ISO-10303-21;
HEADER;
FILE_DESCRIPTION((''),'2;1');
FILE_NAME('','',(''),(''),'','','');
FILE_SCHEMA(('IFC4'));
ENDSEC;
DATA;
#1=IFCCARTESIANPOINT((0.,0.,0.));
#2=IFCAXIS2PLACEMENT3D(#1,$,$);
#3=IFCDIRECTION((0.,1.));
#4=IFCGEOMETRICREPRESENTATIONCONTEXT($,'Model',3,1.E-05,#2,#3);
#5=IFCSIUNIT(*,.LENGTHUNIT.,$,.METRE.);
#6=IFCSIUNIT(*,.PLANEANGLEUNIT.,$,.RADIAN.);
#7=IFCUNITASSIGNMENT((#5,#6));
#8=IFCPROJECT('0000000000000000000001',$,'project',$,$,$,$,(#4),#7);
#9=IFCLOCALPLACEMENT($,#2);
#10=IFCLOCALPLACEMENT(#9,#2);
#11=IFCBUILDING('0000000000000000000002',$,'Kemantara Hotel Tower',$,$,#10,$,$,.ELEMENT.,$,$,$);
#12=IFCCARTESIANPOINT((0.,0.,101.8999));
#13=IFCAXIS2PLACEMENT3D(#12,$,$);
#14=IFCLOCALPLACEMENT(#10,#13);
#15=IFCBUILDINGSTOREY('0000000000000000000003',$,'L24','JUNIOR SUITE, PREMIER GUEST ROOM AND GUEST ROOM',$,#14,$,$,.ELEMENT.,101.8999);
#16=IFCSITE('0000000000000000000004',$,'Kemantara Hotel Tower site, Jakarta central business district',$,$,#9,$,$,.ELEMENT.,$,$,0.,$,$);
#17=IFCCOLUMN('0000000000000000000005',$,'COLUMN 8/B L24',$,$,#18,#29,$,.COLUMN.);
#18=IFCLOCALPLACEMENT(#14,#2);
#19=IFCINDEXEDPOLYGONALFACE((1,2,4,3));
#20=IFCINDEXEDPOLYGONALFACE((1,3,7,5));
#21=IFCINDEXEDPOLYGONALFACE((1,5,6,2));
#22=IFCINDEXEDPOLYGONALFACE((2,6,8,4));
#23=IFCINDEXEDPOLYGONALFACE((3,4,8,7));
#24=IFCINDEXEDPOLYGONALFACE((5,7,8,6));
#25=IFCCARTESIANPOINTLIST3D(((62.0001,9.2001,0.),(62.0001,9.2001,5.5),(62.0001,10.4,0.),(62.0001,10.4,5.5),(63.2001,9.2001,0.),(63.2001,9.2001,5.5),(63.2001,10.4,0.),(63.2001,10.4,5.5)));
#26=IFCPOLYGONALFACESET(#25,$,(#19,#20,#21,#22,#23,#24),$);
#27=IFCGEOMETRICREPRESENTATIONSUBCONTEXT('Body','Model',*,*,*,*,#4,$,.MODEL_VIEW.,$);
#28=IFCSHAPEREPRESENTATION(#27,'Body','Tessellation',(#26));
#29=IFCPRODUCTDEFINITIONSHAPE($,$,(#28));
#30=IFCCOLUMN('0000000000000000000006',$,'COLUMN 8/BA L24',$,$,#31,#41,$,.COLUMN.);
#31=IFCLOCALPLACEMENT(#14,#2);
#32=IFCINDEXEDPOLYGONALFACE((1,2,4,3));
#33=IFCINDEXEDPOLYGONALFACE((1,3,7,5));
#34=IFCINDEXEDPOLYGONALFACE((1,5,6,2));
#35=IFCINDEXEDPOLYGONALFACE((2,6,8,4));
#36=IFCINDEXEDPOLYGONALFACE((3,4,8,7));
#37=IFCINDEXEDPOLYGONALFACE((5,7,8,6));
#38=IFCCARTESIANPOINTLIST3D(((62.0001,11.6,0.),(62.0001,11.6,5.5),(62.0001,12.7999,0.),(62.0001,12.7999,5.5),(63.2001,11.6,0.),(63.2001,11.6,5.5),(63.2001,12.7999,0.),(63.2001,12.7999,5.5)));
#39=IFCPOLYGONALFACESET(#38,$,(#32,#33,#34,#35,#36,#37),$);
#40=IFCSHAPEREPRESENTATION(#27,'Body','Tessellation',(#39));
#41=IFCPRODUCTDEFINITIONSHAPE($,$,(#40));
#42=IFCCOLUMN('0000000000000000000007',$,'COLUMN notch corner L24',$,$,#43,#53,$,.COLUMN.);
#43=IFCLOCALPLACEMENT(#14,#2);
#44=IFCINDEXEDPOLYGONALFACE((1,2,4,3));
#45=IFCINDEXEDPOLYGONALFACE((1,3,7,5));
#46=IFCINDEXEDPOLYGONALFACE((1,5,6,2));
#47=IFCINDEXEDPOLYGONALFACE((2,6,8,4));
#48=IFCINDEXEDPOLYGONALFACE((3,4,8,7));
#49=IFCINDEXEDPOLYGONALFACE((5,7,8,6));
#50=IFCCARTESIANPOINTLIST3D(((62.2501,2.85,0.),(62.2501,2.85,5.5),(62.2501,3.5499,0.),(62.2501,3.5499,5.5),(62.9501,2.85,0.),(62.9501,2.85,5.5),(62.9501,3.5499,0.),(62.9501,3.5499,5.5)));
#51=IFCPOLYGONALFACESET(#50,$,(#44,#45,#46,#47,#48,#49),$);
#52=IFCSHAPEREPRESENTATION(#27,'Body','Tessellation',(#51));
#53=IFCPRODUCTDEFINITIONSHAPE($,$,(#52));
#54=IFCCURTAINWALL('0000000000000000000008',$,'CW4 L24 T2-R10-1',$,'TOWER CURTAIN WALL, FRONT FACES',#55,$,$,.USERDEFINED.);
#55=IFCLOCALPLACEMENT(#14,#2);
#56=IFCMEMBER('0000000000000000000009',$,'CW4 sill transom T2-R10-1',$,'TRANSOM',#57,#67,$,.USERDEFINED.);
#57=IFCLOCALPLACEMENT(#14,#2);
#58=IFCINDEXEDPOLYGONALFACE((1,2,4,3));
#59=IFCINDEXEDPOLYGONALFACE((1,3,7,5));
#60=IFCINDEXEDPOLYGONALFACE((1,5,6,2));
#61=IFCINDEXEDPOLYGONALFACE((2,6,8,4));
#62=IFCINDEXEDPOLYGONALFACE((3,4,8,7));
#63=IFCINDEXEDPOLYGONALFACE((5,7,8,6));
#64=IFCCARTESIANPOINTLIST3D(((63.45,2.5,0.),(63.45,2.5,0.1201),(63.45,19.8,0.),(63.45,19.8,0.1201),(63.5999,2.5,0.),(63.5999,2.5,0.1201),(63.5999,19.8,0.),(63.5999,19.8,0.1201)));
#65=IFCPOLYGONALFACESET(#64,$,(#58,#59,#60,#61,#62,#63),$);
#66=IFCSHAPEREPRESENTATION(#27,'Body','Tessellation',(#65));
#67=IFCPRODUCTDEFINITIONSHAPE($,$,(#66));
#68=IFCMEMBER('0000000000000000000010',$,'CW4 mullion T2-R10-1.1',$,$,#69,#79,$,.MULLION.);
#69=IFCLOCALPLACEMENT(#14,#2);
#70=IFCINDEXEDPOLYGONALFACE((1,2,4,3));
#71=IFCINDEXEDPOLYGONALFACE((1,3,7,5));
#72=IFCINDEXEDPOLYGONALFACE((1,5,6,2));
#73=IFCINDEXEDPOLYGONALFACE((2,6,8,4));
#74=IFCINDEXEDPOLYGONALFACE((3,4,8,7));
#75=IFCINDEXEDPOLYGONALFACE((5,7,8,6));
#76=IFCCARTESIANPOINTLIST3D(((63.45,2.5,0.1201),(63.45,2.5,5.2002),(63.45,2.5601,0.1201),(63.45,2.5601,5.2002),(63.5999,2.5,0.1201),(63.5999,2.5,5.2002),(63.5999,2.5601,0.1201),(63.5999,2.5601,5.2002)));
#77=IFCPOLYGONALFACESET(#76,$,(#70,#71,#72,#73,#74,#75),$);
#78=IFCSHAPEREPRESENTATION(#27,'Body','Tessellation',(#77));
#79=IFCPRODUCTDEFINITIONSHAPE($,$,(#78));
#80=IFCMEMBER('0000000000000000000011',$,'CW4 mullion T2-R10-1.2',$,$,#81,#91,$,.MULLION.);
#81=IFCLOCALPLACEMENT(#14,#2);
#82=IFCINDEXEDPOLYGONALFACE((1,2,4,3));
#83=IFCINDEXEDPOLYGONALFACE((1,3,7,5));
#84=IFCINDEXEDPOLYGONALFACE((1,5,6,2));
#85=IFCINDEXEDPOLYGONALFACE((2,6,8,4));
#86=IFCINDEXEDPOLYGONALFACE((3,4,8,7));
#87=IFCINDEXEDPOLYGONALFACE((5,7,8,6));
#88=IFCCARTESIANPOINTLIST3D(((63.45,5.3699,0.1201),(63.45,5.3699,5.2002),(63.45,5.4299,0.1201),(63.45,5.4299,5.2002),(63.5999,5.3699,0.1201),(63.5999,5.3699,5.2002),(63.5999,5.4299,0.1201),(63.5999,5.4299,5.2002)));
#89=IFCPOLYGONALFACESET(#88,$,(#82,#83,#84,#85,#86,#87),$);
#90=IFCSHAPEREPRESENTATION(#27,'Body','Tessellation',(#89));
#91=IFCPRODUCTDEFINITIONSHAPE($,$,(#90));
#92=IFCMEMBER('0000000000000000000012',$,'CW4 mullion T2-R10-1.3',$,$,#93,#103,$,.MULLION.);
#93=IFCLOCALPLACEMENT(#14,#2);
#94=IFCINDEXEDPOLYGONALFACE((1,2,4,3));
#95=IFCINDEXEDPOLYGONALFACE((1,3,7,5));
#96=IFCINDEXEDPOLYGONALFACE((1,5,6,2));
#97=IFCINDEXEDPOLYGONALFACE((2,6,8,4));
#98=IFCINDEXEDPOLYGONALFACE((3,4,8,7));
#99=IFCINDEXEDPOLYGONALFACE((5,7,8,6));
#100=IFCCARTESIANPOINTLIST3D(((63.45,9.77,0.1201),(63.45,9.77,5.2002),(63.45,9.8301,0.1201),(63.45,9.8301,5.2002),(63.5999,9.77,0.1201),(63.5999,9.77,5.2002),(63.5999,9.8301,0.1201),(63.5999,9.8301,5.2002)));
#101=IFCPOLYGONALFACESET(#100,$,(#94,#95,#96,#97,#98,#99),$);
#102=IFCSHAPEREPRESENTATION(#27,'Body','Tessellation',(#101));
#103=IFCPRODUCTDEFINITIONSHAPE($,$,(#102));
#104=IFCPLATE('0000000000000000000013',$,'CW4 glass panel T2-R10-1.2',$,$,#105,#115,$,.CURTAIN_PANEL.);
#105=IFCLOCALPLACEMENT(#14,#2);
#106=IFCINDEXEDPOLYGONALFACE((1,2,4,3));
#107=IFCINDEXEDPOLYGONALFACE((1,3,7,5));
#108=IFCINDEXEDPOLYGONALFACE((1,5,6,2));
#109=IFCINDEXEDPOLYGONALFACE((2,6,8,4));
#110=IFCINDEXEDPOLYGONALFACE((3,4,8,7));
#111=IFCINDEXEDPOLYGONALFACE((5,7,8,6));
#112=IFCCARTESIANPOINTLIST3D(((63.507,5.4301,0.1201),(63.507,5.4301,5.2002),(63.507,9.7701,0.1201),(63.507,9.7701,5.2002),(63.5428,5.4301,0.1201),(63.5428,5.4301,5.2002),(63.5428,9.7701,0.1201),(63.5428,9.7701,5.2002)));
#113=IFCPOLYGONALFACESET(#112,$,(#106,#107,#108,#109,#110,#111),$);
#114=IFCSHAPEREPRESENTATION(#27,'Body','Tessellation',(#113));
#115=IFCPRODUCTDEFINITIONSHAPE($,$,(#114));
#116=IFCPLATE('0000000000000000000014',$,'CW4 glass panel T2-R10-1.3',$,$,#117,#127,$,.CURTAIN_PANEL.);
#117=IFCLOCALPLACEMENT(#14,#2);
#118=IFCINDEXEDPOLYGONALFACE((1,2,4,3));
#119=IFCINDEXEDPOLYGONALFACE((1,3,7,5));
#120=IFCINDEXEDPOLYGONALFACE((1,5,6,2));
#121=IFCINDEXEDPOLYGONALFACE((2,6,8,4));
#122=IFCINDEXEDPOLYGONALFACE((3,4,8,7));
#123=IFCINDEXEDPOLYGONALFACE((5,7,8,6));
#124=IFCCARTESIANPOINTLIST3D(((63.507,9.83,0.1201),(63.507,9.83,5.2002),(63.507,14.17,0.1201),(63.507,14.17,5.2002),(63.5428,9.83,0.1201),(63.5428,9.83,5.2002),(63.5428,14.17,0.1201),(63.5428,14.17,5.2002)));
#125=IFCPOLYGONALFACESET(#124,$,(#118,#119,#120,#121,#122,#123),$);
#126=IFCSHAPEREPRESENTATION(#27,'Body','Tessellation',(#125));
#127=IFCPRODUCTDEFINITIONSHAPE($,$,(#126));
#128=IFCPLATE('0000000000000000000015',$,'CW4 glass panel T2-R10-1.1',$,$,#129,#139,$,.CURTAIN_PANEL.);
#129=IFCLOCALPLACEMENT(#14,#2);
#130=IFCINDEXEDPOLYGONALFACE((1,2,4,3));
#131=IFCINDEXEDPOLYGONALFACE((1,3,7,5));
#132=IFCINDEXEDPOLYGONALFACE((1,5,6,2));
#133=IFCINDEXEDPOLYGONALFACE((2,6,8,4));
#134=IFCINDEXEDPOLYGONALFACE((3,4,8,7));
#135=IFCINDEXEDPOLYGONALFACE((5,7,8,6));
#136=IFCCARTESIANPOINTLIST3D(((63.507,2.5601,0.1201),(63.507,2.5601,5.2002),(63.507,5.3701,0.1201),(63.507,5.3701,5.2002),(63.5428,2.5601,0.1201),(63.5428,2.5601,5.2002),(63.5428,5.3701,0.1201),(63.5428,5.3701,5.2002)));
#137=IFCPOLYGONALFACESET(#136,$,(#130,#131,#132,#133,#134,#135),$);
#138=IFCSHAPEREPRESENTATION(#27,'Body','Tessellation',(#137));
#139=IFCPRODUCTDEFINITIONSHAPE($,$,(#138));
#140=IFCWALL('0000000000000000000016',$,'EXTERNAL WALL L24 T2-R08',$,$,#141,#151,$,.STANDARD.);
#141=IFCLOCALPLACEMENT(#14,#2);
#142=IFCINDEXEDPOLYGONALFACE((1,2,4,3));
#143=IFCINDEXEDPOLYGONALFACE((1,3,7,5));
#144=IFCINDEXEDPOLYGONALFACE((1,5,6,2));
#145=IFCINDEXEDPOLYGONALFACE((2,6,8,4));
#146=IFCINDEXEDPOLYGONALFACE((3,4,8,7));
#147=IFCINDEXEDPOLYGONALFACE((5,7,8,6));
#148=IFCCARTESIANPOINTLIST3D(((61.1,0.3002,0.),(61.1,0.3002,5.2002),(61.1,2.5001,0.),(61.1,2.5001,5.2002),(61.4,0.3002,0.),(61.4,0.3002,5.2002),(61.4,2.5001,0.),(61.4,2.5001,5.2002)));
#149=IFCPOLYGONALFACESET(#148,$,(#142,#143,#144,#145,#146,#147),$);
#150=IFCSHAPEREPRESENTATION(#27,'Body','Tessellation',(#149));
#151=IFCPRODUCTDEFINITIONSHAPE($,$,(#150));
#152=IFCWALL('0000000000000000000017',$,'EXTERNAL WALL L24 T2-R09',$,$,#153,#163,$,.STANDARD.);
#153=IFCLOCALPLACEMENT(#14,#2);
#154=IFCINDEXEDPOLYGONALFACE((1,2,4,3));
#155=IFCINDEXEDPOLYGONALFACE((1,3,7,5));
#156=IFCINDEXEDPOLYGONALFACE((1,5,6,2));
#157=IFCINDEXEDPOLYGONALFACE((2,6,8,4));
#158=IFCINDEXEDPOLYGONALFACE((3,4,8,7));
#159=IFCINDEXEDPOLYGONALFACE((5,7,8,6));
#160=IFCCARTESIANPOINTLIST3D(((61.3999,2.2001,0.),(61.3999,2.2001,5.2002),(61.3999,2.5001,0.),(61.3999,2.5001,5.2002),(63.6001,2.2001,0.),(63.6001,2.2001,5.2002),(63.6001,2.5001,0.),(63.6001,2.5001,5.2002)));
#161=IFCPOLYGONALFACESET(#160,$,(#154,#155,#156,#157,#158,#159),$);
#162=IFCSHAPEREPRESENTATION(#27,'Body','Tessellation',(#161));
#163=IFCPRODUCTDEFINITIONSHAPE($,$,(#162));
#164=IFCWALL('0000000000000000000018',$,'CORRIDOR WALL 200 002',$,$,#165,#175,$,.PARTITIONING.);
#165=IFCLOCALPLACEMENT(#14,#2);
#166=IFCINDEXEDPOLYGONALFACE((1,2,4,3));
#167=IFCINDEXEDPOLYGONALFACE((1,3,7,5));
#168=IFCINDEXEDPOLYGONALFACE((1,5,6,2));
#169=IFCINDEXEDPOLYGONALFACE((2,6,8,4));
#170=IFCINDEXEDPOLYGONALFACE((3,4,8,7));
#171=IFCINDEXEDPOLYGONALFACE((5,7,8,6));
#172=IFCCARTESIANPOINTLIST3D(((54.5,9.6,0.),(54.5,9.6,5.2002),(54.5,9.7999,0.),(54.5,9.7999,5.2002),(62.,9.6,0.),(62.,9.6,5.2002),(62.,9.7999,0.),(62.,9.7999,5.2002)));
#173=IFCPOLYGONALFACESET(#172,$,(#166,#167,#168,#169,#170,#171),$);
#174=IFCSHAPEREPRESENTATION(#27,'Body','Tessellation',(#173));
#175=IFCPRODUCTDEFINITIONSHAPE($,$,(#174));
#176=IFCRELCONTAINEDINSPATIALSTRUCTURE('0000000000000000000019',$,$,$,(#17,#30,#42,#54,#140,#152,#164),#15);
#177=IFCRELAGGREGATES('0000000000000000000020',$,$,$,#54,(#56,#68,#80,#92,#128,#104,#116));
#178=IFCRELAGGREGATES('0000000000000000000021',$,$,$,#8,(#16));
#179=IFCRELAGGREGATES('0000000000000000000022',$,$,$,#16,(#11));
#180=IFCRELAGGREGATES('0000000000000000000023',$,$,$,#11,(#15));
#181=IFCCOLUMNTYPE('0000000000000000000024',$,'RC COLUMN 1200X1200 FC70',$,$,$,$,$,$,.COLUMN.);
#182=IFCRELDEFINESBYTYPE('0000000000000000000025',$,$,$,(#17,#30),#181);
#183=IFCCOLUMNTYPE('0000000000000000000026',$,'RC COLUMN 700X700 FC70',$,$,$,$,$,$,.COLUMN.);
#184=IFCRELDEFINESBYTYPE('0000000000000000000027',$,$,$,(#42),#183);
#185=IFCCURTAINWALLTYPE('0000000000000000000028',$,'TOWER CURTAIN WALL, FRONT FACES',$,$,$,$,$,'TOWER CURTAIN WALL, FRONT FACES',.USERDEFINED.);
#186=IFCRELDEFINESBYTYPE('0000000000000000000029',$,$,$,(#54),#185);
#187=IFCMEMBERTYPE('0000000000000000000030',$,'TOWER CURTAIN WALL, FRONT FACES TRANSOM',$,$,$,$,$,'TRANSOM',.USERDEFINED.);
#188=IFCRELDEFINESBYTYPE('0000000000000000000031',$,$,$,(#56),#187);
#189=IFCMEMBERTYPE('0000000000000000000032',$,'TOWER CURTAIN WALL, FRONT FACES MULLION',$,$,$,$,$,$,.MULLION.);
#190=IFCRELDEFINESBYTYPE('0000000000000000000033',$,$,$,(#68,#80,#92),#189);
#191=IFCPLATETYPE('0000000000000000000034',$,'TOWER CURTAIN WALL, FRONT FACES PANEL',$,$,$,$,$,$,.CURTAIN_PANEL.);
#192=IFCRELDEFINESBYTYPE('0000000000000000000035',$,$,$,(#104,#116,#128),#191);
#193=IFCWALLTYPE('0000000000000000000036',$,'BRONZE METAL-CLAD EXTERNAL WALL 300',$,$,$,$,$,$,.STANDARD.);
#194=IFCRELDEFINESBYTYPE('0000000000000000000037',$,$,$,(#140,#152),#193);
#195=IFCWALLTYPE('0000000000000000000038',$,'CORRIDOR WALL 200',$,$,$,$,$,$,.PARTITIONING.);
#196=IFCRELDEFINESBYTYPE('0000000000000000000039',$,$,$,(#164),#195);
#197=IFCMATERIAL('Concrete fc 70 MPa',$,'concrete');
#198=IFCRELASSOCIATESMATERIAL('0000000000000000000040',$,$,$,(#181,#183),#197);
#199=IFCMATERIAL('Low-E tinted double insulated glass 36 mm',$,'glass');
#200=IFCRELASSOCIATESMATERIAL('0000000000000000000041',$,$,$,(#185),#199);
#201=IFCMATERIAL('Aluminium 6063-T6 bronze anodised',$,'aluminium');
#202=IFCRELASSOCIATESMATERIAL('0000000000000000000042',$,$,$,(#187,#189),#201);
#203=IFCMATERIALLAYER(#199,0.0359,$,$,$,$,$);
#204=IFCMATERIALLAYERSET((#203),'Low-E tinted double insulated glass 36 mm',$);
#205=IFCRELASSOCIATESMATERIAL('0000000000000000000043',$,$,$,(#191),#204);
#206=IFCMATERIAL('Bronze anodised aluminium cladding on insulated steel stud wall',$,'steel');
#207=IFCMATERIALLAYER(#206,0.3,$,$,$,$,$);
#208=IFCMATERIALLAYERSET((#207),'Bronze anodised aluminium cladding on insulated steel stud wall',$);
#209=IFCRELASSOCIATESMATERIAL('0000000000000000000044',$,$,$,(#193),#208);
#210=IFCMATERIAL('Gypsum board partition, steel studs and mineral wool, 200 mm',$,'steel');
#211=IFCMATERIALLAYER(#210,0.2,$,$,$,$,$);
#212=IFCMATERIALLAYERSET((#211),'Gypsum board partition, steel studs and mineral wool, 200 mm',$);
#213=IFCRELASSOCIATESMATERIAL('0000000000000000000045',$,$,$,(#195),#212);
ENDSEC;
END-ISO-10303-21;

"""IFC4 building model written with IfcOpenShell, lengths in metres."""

from ifc_helpers import new_model, si_unit, direction, frame, frame_2d, origin, origin_2d, place, context, subcontext, project, spatial, rectangle, extrude, source, transform, mapped, material, layer, layer_set, material_profile, profile_set, type_object, element, aggregate, save


model = new_model("IFC4")

# Units and contexts
model_context = context("Model", 3, precision=1e-05, world=origin(), true_north=direction((0.0, 1.0)))
body_context = subcontext(model_context, "Body", "Model", "MODEL_VIEW")
ifc_project = project(units=[si_unit("LENGTHUNIT", "METRE"), si_unit("PLANEANGLEUNIT", "RADIAN")], contexts=[model_context])

# Site, building, storey
site_placement = place(None, origin())
site = spatial("IfcSite", under=ifc_project, at=site_placement, Name="Kemantara Hotel Tower site, Jakarta central business district", CompositionType="ELEMENT", RefElevation=0.0)
building_placement = place(site_placement, origin())
building = spatial("IfcBuilding", under=site, at=building_placement, Name="Kemantara Hotel Tower", CompositionType="ELEMENT")
storey_placement = place(building_placement, frame((0.0, 0.0, 101.8999)))
storey = spatial("IfcBuildingStorey", under=building, at=storey_placement, Name="L24", Description="JUNIOR SUITE, PREMIER GUEST ROOM AND GUEST ROOM", CompositionType="ELEMENT", Elevation=101.8999)

# Columns
ifc_material_1 = material(Name="Concrete fc 70 MPa", Category="concrete")
ifc_material_profile_1 = material_profile(ifc_material_1, rectangle(XDim=1.2, YDim=1.2, at=origin_2d()), Name="RC 1200X1200")
ifc_profile_set_1 = profile_set([ifc_material_profile_1], Name="Concrete fc 70 MPa")
column_type_1 = type_object("IfcColumnType", Name="RC COLUMN 1200X1200 FC70", PredefinedType="COLUMN", material=ifc_profile_set_1)
for number, where, z_axis, x_axis, name in (
    (1, (62.6001, 9.8, 0.0), (0.0, 0.0, 1.0), (1.0, 0.0, 0.0), "COLUMN 8/B L24"),
    (2, (62.6001, 12.2, 0.0), (0.0, 0.0, 1.0), (1.0, 0.0, 0.0), "COLUMN 8/BA L24"),
):
    element("IfcColumn", number, at=place(storey_placement, frame(where, z_axis=z_axis, x_axis=x_axis)), inside=storey, type_object=column_type_1, Name=name, PredefinedType="COLUMN", context=body_context, shape_type="SweptSolid", body=[
        extrude(rectangle(XDim=1.2, YDim=1.2, at=origin_2d()), origin(), (0.0, 0.0, 1.0), 5.5),
    ])
ifc_material_profile_2 = material_profile(ifc_material_1, rectangle(XDim=0.7, YDim=0.7, at=origin_2d()), Name="RC 700X700")
ifc_profile_set_2 = profile_set([ifc_material_profile_2], Name="Concrete fc 70 MPa")
column_type_2 = type_object("IfcColumnType", Name="RC COLUMN 700X700 FC70", PredefinedType="COLUMN", material=ifc_profile_set_2)
column_placement = place(storey_placement, frame((62.6001, 3.2, 0.0), z_axis=(0.0, 0.0, 1.0), x_axis=(1.0, 0.0, 0.0)))
element("IfcColumn", 3, at=column_placement, inside=storey, type_object=column_type_2, Name="COLUMN notch corner L24", PredefinedType="COLUMN", context=body_context, shape_type="SweptSolid", body=[
    extrude(rectangle(XDim=0.7, YDim=0.7, at=origin_2d()), origin(), (0.0, 0.0, 1.0), 5.5),
])

# Curtain wall, members, plates
ifc_material_2 = material(Name="Low-E tinted double insulated glass 36 mm", Category="glass")
curtain_wall_type = type_object("IfcCurtainWallType", Name="TOWER CURTAIN WALL, FRONT FACES", ElementType="TOWER CURTAIN WALL, FRONT FACES", PredefinedType="USERDEFINED", material=ifc_material_2)
curtain_wall_placement = place(storey_placement, origin())
curtain_wall = element("IfcCurtainWall", 4, at=curtain_wall_placement, inside=storey, type_object=curtain_wall_type, Name="CW4 L24 T2-R10-1", ObjectType="TOWER CURTAIN WALL, FRONT FACES", PredefinedType="USERDEFINED")
ifc_material_3 = material(Name="Aluminium 6063-T6 bronze anodised", Category="aluminium")
ifc_material_profile_3 = material_profile(ifc_material_3, rectangle(XDim=0.1499, YDim=0.1201, at=origin_2d()), Name="TOWER CURTAIN WALL, FRONT FACES TRANSOM")
ifc_profile_set_3 = profile_set([ifc_material_profile_3], Name="Aluminium 6063-T6 bronze anodised")
member_type_1 = type_object("IfcMemberType", Name="TOWER CURTAIN WALL, FRONT FACES TRANSOM", ElementType="TRANSOM", PredefinedType="USERDEFINED", material=ifc_profile_set_3)
member_1_placement = place(storey_placement, frame((63.5249, 2.5, 0.0601), z_axis=(0.0, 1.0, 0.0), x_axis=(-1.0, 0.0, 0.0)))
member_1 = element("IfcMember", 5, at=member_1_placement, type_object=member_type_1, Name="CW4 sill transom T2-R10-1", ObjectType="TRANSOM", PredefinedType="USERDEFINED", context=body_context, shape_type="SweptSolid", body=[
    extrude(rectangle(XDim=0.1499, YDim=0.1201, at=origin_2d()), origin(), (0.0, 0.0, 1.0), 17.3),
])
ifc_material_profile_4 = material_profile(ifc_material_3, rectangle(XDim=0.1499, YDim=0.0601, at=origin_2d()), Name="TOWER CURTAIN WALL, FRONT FACES MULLION")
ifc_profile_set_4 = profile_set([ifc_material_profile_4], Name="Aluminium 6063-T6 bronze anodised")
member_type_2 = type_object("IfcMemberType", Name="TOWER CURTAIN WALL, FRONT FACES MULLION", PredefinedType="MULLION", material=ifc_profile_set_4)
shared_shape_1 = source(origin(), body_context, "Body", "SweptSolid", [
    extrude(rectangle(XDim=0.1499, YDim=0.0601, at=origin_2d()), origin(), (0.0, 0.0, 1.0), 5.0801),
])
member_2_placement = place(storey_placement, frame((63.5249, 2.53, 0.1201), z_axis=(0.0, 0.0, 1.0), x_axis=(-1.0, 0.0, 0.0)))
member_2 = element("IfcMember", 6, at=member_2_placement, type_object=member_type_2, Name="CW4 mullion T2-R10-1.1", PredefinedType="MULLION", context=body_context, shape_type="MappedRepresentation", body=[
    mapped(shared_shape_1, transform((0.0, 0.0, 0.0))),
])
member_3_placement = place(storey_placement, frame((63.5249, 5.3999, 0.1201), z_axis=(0.0, 0.0, 1.0), x_axis=(-1.0, 0.0, 0.0)))
member_3 = element("IfcMember", 7, at=member_3_placement, type_object=member_type_2, Name="CW4 mullion T2-R10-1.2", PredefinedType="MULLION", context=body_context, shape_type="MappedRepresentation", body=[
    mapped(shared_shape_1, transform((0.0, 0.0, 0.0))),
])
member_4_placement = place(storey_placement, frame((63.5249, 9.8, 0.1201), z_axis=(0.0, 0.0, 1.0), x_axis=(-1.0, 0.0, 0.0)))
member_4 = element("IfcMember", 8, at=member_4_placement, type_object=member_type_2, Name="CW4 mullion T2-R10-1.3", PredefinedType="MULLION", context=body_context, shape_type="MappedRepresentation", body=[
    mapped(shared_shape_1, transform((0.0, 0.0, 0.0))),
])
ifc_layer_1 = layer(ifc_material_2, 0.0359)
ifc_layer_set_1 = layer_set([ifc_layer_1], Name="Low-E tinted double insulated glass 36 mm")
plate_type = type_object("IfcPlateType", Name="TOWER CURTAIN WALL, FRONT FACES PANEL", PredefinedType="CURTAIN_PANEL", material=ifc_layer_set_1)
shared_shape_2 = source(origin(), body_context, "Body", "SweptSolid", [
    extrude(rectangle(XDim=4.3401, YDim=0.0359, at=origin_2d()), origin(), (0.0, 0.0, 1.0), 5.0801),
])
plate_1_placement = place(storey_placement, frame((63.5249, 7.6001, 0.1201), z_axis=(0.0, 0.0, 1.0), x_axis=(0.0, 1.0, 0.0)))
plate_1 = element("IfcPlate", 9, at=plate_1_placement, type_object=plate_type, Name="CW4 glass panel T2-R10-1.2", PredefinedType="CURTAIN_PANEL", context=body_context, shape_type="MappedRepresentation", body=[
    mapped(shared_shape_2, transform((0.0, 0.0, 0.0))),
])
plate_2_placement = place(storey_placement, frame((63.5249, 12.0, 0.1201), z_axis=(0.0, 0.0, 1.0), x_axis=(0.0, 1.0, 0.0)))
plate_2 = element("IfcPlate", 10, at=plate_2_placement, type_object=plate_type, Name="CW4 glass panel T2-R10-1.3", PredefinedType="CURTAIN_PANEL", context=body_context, shape_type="MappedRepresentation", body=[
    mapped(shared_shape_2, transform((0.0, 0.0, 0.0))),
])
shared_shape_3 = source(origin(), body_context, "Body", "SweptSolid", [
    extrude(rectangle(XDim=2.8101, YDim=0.0359, at=origin_2d()), origin(), (0.0, 0.0, 1.0), 5.0801),
])
plate_3_placement = place(storey_placement, frame((63.5249, 3.9651, 0.1201), z_axis=(0.0, 0.0, 1.0), x_axis=(0.0, 1.0, 0.0)))
plate_3 = element("IfcPlate", 11, at=plate_3_placement, type_object=plate_type, Name="CW4 glass panel T2-R10-1.1", PredefinedType="CURTAIN_PANEL", context=body_context, shape_type="MappedRepresentation", body=[
    mapped(shared_shape_3, transform((0.0, 0.0, 0.0))),
])
aggregate(curtain_wall, [member_1, member_2, member_3, member_4, plate_3, plate_1, plate_2])

# Walls
ifc_material_4 = material(Name="Bronze anodised aluminium cladding on insulated steel stud wall", Category="steel")
ifc_layer_2 = layer(ifc_material_4, 0.3)
ifc_layer_set_2 = layer_set([ifc_layer_2], Name="Bronze anodised aluminium cladding on insulated steel stud wall")
wall_type_1 = type_object("IfcWallType", Name="BRONZE METAL-CLAD EXTERNAL WALL 300", PredefinedType="STANDARD", material=ifc_layer_set_2)
wall_1_placement = place(storey_placement, frame((61.25, 0.3, 0.0), z_axis=(0.0, 0.0, 1.0), x_axis=(0.0, 1.0, 0.0)))
element("IfcWall", 12, at=wall_1_placement, inside=storey, type_object=wall_type_1, Name="EXTERNAL WALL L24 T2-R08", PredefinedType="STANDARD", context=body_context, shape_type="SweptSolid", body=[
    extrude(rectangle(XDim=2.2, YDim=0.3, at=frame_2d((1.1001, 0.0))), origin(), (0.0, 0.0, 1.0), 5.2002),
])
wall_2_placement = place(storey_placement, frame((61.3999, 2.3501, 0.0), z_axis=(0.0, 0.0, 1.0), x_axis=(1.0, 0.0, 0.0)))
element("IfcWall", 13, at=wall_2_placement, inside=storey, type_object=wall_type_1, Name="EXTERNAL WALL L24 T2-R09", PredefinedType="STANDARD", context=body_context, shape_type="SweptSolid", body=[
    extrude(rectangle(XDim=2.2002, YDim=0.3, at=frame_2d((1.1001, 0.0))), origin(), (0.0, 0.0, 1.0), 5.2002),
])
ifc_material_5 = material(Name="Gypsum board partition, steel studs and mineral wool, 200 mm", Category="steel")
ifc_layer_3 = layer(ifc_material_5, 0.2)
ifc_layer_set_3 = layer_set([ifc_layer_3], Name="Gypsum board partition, steel studs and mineral wool, 200 mm")
wall_type_2 = type_object("IfcWallType", Name="CORRIDOR WALL 200", PredefinedType="PARTITIONING", material=ifc_layer_set_3)
wall_3_placement = place(storey_placement, frame((54.5, 9.7, 0.0), z_axis=(0.0, 0.0, 1.0), x_axis=(1.0, 0.0, 0.0)))
element("IfcWall", 14, at=wall_3_placement, inside=storey, type_object=wall_type_2, Name="CORRIDOR WALL 200 002", PredefinedType="PARTITIONING", context=body_context, shape_type="SweptSolid", body=[
    extrude(rectangle(XDim=7.5, YDim=0.2, at=frame_2d((3.75, 0.0))), origin(), (0.0, 0.0, 1.0), 5.2002),
])

save(model, "model.ifc")
